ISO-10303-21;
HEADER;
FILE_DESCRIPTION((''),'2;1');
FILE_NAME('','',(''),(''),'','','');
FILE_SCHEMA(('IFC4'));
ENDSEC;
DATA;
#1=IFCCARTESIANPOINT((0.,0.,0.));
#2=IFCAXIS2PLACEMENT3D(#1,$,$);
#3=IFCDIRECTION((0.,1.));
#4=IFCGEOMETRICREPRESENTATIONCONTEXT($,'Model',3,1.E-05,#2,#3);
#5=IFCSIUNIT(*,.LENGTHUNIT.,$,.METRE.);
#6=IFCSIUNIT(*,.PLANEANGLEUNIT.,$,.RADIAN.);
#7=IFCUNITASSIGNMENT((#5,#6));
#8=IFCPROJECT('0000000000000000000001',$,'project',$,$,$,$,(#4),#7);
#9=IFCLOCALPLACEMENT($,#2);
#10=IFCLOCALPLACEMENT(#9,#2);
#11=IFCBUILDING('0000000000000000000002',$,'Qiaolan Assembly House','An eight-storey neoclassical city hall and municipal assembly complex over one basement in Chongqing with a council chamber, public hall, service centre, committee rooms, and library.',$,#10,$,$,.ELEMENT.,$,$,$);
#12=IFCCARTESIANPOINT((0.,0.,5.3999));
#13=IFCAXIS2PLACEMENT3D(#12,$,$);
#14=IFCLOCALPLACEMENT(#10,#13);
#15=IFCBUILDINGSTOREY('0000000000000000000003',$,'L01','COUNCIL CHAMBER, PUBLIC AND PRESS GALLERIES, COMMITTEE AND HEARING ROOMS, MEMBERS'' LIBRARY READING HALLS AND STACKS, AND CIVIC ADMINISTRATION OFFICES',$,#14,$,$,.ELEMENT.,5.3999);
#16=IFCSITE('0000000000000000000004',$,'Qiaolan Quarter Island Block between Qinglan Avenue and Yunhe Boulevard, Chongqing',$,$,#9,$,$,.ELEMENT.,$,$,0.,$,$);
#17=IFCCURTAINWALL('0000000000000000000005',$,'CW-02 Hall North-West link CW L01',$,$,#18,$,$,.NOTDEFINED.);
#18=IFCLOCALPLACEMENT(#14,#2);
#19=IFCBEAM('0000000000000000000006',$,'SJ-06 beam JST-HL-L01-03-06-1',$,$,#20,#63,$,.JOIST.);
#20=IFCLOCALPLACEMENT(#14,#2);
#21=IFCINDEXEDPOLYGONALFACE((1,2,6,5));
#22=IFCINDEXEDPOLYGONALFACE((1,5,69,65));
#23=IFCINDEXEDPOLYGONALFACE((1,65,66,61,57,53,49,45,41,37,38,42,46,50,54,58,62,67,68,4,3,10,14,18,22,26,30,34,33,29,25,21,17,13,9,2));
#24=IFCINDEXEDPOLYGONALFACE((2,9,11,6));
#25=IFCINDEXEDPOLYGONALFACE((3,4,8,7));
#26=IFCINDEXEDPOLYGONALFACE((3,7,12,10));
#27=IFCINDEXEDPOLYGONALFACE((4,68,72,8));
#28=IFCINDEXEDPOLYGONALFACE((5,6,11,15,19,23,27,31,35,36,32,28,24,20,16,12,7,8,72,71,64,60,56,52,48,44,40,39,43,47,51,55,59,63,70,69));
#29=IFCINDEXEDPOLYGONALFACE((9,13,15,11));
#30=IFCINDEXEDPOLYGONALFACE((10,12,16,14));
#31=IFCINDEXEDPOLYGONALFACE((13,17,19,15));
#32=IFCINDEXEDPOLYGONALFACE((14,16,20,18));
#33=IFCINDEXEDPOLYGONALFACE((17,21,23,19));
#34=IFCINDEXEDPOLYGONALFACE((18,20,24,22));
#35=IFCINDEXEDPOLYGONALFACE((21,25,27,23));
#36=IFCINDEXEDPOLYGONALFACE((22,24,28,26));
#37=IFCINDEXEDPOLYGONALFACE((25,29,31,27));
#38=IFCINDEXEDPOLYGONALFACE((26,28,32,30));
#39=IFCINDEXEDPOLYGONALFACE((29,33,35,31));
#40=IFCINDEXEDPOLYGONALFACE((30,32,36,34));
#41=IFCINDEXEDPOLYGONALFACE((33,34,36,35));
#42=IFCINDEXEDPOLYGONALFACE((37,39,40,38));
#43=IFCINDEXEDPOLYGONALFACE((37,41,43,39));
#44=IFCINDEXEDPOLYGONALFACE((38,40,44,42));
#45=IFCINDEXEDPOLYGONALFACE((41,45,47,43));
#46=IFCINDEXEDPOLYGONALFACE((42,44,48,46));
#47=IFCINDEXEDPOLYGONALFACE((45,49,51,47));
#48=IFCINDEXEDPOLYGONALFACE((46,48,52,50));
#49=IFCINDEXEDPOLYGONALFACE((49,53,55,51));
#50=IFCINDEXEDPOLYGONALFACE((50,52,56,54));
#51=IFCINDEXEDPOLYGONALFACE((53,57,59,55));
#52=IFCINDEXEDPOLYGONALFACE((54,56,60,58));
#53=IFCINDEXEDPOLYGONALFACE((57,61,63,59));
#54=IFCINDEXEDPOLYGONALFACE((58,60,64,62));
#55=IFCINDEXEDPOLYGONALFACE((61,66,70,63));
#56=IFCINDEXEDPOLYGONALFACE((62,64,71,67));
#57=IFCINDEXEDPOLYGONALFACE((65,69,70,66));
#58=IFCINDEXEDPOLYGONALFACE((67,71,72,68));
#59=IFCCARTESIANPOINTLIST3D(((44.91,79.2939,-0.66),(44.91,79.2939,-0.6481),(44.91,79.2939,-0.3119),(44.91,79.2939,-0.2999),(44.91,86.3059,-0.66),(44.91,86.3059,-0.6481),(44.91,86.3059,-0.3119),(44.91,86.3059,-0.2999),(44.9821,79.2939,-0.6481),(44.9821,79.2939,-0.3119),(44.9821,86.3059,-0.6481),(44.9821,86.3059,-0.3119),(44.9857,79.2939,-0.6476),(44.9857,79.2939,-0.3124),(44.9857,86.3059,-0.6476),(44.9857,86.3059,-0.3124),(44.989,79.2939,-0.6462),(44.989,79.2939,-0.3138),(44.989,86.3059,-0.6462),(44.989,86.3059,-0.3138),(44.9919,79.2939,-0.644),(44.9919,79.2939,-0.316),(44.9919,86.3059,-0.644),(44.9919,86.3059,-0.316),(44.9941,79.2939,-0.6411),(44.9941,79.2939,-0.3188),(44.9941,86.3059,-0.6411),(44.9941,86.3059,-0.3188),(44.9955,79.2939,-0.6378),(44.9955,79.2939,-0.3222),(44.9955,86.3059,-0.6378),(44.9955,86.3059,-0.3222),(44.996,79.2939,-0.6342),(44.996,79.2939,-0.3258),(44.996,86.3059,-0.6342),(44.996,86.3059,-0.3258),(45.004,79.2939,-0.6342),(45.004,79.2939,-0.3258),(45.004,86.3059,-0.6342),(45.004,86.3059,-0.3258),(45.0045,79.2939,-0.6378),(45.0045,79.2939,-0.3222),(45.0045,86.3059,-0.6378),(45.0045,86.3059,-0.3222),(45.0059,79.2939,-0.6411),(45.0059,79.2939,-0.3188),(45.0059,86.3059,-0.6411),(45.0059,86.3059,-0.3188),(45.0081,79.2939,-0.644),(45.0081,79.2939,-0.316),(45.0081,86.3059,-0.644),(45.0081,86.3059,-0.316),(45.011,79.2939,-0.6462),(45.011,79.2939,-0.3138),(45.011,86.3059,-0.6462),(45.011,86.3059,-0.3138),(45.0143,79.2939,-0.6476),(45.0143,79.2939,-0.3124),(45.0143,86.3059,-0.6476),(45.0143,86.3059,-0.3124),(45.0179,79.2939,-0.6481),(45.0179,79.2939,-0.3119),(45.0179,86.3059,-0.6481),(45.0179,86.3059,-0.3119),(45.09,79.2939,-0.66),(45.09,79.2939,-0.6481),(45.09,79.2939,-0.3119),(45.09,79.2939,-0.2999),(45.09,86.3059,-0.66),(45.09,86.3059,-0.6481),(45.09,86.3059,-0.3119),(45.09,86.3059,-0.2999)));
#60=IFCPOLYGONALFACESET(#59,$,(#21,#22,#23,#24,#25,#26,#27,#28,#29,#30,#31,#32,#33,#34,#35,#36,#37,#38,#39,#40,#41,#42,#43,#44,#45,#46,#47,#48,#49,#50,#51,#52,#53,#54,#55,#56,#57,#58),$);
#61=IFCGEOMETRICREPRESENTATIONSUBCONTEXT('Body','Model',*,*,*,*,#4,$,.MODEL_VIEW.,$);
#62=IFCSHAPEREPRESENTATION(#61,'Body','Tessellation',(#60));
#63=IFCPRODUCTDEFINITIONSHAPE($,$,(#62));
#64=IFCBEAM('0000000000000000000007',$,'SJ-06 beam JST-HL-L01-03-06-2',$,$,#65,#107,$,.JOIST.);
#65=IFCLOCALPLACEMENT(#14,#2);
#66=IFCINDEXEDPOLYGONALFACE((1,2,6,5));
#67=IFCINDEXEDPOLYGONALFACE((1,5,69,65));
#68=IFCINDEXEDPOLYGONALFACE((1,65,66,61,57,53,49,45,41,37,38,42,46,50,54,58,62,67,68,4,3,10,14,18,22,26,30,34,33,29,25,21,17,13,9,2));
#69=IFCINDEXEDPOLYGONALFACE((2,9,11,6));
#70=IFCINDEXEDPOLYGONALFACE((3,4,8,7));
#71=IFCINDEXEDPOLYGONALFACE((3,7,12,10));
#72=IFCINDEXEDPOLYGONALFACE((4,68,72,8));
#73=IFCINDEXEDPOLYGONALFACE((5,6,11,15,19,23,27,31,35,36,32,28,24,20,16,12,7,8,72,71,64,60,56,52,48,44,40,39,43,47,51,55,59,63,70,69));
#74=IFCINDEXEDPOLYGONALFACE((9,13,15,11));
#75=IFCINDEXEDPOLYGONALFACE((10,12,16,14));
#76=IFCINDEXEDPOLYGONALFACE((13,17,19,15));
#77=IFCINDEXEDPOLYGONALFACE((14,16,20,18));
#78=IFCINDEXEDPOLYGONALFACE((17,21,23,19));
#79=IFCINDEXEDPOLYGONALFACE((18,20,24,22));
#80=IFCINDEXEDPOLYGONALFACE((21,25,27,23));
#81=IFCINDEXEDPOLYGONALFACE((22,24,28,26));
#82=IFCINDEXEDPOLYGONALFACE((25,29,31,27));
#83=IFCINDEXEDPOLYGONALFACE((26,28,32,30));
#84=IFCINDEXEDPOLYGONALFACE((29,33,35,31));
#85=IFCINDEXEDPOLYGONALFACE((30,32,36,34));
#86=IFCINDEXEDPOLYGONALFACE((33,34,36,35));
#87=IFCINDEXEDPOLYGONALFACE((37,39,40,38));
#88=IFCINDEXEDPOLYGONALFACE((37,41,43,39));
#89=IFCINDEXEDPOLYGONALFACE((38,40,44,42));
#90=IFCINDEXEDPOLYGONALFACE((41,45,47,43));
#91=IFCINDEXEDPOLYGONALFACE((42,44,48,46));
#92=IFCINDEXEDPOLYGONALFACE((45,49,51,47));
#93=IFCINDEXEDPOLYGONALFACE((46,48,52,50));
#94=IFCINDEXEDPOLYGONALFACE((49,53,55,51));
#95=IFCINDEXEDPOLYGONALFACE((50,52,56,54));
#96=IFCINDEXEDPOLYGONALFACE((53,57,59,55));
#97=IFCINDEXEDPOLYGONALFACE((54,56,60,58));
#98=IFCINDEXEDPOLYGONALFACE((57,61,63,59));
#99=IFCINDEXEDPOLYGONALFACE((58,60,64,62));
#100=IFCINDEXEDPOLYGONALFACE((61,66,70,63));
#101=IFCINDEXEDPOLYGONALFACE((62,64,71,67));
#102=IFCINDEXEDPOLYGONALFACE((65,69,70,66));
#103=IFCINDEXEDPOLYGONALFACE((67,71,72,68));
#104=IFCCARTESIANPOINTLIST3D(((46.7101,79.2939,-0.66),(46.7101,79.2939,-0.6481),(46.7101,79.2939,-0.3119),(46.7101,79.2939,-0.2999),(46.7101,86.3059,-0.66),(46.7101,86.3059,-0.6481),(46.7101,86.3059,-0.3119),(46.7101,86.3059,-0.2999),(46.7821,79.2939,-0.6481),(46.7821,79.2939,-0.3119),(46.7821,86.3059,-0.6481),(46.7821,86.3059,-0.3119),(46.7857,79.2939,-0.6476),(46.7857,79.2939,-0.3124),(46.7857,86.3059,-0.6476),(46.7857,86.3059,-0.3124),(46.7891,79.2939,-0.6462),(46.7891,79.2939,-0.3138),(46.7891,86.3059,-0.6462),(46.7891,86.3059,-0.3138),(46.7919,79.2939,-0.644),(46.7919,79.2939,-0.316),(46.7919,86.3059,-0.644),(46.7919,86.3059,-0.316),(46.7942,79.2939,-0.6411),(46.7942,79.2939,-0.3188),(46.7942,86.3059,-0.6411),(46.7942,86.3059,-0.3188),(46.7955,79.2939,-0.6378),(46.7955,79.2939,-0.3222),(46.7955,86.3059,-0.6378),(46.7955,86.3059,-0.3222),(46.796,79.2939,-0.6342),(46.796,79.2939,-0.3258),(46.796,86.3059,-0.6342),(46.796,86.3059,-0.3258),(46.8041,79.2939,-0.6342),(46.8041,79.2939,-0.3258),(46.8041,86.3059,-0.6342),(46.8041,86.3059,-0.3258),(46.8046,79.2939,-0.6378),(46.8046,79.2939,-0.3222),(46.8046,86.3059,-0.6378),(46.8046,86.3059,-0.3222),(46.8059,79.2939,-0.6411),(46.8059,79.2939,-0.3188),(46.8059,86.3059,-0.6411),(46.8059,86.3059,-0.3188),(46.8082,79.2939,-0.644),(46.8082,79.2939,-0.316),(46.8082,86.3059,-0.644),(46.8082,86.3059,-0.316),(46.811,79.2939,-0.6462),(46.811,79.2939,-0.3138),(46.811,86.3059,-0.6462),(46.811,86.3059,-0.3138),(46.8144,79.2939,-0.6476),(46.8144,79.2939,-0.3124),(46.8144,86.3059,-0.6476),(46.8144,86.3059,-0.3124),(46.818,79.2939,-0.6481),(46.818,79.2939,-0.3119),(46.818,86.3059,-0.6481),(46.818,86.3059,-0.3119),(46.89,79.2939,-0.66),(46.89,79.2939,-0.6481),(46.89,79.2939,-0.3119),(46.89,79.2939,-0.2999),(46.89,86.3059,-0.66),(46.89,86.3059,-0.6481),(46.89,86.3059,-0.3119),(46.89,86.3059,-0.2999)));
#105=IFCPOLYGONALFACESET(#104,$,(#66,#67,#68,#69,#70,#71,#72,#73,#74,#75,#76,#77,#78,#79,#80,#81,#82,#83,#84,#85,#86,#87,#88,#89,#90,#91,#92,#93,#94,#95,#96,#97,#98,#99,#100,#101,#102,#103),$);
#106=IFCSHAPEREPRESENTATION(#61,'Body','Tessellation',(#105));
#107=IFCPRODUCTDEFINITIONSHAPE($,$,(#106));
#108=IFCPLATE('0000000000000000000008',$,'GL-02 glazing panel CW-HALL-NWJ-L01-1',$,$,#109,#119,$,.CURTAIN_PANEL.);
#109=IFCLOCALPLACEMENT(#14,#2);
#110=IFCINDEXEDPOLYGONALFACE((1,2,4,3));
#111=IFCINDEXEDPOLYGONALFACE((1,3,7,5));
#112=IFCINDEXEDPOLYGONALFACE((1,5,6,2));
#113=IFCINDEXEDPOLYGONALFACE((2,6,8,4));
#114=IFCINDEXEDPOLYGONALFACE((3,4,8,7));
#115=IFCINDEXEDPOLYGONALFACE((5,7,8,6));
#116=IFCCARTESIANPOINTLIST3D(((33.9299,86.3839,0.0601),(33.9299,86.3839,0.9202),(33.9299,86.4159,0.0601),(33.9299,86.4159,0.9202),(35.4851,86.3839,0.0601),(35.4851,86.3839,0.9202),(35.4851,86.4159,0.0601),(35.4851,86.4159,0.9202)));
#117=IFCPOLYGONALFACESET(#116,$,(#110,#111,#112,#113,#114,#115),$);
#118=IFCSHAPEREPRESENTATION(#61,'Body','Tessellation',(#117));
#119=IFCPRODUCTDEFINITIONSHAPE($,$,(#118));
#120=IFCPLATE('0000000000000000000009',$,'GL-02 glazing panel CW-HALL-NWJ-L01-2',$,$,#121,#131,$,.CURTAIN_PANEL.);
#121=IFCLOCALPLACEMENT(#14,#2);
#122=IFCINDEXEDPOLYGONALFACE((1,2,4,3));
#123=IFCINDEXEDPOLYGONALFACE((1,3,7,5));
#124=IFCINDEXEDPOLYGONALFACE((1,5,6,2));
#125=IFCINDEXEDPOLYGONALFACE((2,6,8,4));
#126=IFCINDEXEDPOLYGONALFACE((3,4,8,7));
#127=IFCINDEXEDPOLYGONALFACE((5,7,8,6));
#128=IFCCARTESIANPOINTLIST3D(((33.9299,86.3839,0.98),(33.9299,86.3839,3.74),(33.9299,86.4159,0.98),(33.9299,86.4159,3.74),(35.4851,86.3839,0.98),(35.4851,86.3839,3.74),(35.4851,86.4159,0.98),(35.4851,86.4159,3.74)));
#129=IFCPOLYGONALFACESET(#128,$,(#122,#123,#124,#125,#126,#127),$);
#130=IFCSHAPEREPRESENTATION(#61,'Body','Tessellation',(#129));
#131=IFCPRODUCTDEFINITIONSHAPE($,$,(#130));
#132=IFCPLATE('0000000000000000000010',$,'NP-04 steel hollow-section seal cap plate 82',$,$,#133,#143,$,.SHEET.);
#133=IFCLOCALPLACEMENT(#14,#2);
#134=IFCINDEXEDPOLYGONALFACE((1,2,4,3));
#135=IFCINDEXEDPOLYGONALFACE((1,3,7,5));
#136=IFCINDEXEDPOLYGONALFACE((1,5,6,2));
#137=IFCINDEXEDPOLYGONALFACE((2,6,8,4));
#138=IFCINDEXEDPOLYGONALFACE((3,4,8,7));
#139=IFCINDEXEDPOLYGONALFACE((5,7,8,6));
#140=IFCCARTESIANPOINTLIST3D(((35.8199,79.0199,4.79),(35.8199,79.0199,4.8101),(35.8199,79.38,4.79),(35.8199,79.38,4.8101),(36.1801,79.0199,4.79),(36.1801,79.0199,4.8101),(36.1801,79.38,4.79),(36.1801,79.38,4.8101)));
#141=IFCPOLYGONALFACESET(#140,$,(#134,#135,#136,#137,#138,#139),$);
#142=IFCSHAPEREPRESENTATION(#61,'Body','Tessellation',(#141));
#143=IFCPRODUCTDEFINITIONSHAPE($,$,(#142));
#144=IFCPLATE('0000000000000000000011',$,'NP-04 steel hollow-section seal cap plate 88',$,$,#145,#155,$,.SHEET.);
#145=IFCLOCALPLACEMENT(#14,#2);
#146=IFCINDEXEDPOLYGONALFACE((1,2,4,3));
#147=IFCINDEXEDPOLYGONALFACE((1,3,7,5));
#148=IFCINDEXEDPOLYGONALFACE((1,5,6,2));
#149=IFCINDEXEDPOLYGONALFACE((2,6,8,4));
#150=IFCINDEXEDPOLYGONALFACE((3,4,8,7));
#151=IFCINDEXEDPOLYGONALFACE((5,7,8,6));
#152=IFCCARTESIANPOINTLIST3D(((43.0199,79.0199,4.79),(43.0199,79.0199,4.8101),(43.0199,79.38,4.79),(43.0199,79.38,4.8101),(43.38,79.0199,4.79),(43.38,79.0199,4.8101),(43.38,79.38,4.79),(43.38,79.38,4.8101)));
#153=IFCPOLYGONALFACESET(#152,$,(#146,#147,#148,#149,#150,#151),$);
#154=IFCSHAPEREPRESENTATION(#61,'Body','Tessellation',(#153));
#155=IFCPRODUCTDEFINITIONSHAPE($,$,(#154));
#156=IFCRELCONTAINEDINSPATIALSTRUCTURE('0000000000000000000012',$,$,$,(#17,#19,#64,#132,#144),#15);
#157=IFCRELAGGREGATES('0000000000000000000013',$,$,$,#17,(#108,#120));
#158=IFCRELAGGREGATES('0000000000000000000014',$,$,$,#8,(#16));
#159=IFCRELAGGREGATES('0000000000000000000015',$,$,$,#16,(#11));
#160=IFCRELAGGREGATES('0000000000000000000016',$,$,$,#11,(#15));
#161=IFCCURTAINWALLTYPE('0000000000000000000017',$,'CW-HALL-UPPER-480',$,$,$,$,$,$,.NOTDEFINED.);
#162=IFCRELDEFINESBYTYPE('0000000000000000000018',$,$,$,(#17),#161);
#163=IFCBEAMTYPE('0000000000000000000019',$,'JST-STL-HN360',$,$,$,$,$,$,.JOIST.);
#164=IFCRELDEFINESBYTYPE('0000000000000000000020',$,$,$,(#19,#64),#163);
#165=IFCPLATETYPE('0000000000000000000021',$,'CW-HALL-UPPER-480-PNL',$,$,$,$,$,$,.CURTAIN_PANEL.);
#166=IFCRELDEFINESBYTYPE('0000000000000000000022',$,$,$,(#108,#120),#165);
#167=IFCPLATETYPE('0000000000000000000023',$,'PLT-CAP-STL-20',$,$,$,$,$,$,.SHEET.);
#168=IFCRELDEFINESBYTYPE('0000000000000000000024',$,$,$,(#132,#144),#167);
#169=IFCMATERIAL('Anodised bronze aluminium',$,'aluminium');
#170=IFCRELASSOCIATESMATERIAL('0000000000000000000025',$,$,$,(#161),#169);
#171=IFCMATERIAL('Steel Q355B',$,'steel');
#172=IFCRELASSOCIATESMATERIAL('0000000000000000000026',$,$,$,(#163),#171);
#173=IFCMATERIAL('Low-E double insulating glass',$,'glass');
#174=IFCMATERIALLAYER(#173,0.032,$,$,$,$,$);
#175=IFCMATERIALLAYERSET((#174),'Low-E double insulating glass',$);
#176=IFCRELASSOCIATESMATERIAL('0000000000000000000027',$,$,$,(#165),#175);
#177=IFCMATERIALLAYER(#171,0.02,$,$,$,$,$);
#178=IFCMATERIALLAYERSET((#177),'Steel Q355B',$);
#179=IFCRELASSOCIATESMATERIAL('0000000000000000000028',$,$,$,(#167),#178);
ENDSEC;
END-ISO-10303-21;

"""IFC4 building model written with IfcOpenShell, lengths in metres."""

from ifc_helpers import new_model, si_unit, direction, frame, frame_2d, origin, origin_2d, place, context, subcontext, project, spatial, rectangle, i_section, extrude, material, layer, layer_set, material_profile, profile_set, type_object, element, aggregate, save


model = new_model("IFC4")

# Units and contexts
model_context = context("Model", 3, precision=1e-05, world=origin(), true_north=direction((0.0, 1.0)))
body_context = subcontext(model_context, "Body", "Model", "MODEL_VIEW")
ifc_project = project(units=[si_unit("LENGTHUNIT", "METRE"), si_unit("PLANEANGLEUNIT", "RADIAN")], contexts=[model_context])

# Site, building, storey
site_placement = place(None, origin())
site = spatial("IfcSite", under=ifc_project, at=site_placement, Name="Qiaolan Quarter Island Block between Qinglan Avenue and Yunhe Boulevard, Chongqing", CompositionType="ELEMENT", RefElevation=0.0)
building_placement = place(site_placement, origin())
building = spatial("IfcBuilding", under=site, at=building_placement, Name="Qiaolan Assembly House", Description="An eight-storey neoclassical city hall and municipal assembly complex over one basement in Chongqing with a council chamber, public hall, service centre, committee rooms, and library.", CompositionType="ELEMENT")
storey_placement = place(building_placement, frame((0.0, 0.0, 5.3999)))
storey = spatial("IfcBuildingStorey", under=building, at=storey_placement, Name="L01", Description="COUNCIL CHAMBER, PUBLIC AND PRESS GALLERIES, COMMITTEE AND HEARING ROOMS, MEMBERS' LIBRARY READING HALLS AND STACKS, AND CIVIC ADMINISTRATION OFFICES", CompositionType="ELEMENT", Elevation=5.3999)

# Shared definitions
ifc_material_1 = material(Name="Steel Q355B", Category="steel")

# Curtain wall
ifc_material_2 = material(Name="Anodised bronze aluminium", Category="aluminium")
curtain_wall_type = type_object("IfcCurtainWallType", Name="CW-HALL-UPPER-480", PredefinedType="NOTDEFINED", material=ifc_material_2)
curtain_wall_placement = place(storey_placement, origin())
curtain_wall = element("IfcCurtainWall", 1, at=curtain_wall_placement, inside=storey, type_object=curtain_wall_type, Name="CW-02 Hall North-West link CW L01", PredefinedType="NOTDEFINED")

# Beams
ifc_material_profile_1 = material_profile(ifc_material_1, i_section(OverallWidth=0.1799, OverallDepth=0.3601, WebThickness=0.0081, FlangeThickness=0.012, FilletRadius=0.0139, at=origin_2d()), Name="HN 360x180x8x12")
ifc_profile_set_1 = profile_set([ifc_material_profile_1], Name="Steel Q355B")
beam_type_1 = type_object("IfcBeamType", Name="JST-STL-HN360", PredefinedType="JOIST", material=ifc_profile_set_1)
for number, where, z_axis, x_axis, name in (
    (2, (45.0, 79.2939, -0.48), (0.0, 1.0, 0.0), (-1.0, 0.0, 0.0), "SJ-06 beam JST-HL-L01-03-06-1"),
    (3, (46.8, 79.2939, -0.48), (0.0, 1.0, 0.0), (-1.0, 0.0, 0.0), "SJ-06 beam JST-HL-L01-03-06-2"),
):
    element("IfcBeam", number, at=place(storey_placement, frame(where, z_axis=z_axis, x_axis=x_axis)), inside=storey, type_object=beam_type_1, Name=name, PredefinedType="JOIST", context=body_context, shape_type="SweptSolid", body=[
        extrude(i_section(OverallWidth=0.1799, OverallDepth=0.3601, WebThickness=0.0081, FlangeThickness=0.012, FilletRadius=0.0139, at=origin_2d()), origin(), (0.0, 0.0, 1.0), 7.012),
    ])

# Plates
ifc_material_3 = material(Name="Low-E double insulating glass", Category="glass")
ifc_layer_1 = layer(ifc_material_3, 0.032)
ifc_layer_set_1 = layer_set([ifc_layer_1], Name="Low-E double insulating glass")
plate_type_1 = type_object("IfcPlateType", Name="CW-HALL-UPPER-480-PNL", PredefinedType="CURTAIN_PANEL", material=ifc_layer_set_1)
plate_1_placement = place(storey_placement, frame((35.4851, 86.3999, 0.0601), z_axis=(0.0, 0.0, 1.0), x_axis=(-1.0, 0.0, 0.0)))
plate_1 = element("IfcPlate", 4, at=plate_1_placement, type_object=plate_type_1, Name="GL-02 glazing panel CW-HALL-NWJ-L01-1", PredefinedType="CURTAIN_PANEL", context=body_context, shape_type="SweptSolid", body=[
    extrude(rectangle(XDim=1.5552, YDim=0.032, at=frame_2d((0.7776, 0.0))), origin(), (0.0, 0.0, 1.0), 0.8601),
])
plate_2_placement = place(storey_placement, frame((35.4851, 86.3999, 0.98), z_axis=(0.0, 0.0, 1.0), x_axis=(-1.0, 0.0, 0.0)))
plate_2 = element("IfcPlate", 5, at=plate_2_placement, type_object=plate_type_1, Name="GL-02 glazing panel CW-HALL-NWJ-L01-2", PredefinedType="CURTAIN_PANEL", context=body_context, shape_type="SweptSolid", body=[
    extrude(rectangle(XDim=1.5552, YDim=0.032, at=frame_2d((0.7776, 0.0))), origin(), (0.0, 0.0, 1.0), 2.76),
])
aggregate(curtain_wall, [plate_1, plate_2])

# Plates
ifc_layer_2 = layer(ifc_material_1, 0.02)
ifc_layer_set_2 = layer_set([ifc_layer_2], Name="Steel Q355B")
plate_type_2 = type_object("IfcPlateType", Name="PLT-CAP-STL-20", PredefinedType="SHEET", material=ifc_layer_set_2)
for number, where, z_axis, x_axis, name in (
    (6, (36.0, 79.2, 4.79), (0.0, 0.0, 1.0), (1.0, 0.0, 0.0), "NP-04 steel hollow-section seal cap plate 82"),
    (7, (43.2, 79.2, 4.79), (0.0, 0.0, 1.0), (1.0, 0.0, 0.0), "NP-04 steel hollow-section seal cap plate 88"),
):
    element("IfcPlate", number, at=place(storey_placement, frame(where, z_axis=z_axis, x_axis=x_axis)), inside=storey, type_object=plate_type_2, Name=name, PredefinedType="SHEET", context=body_context, shape_type="SweptSolid", body=[
        extrude(rectangle(XDim=0.3601, YDim=0.3601, at=origin_2d()), origin(), (0.0, 0.0, 1.0), 0.02),
    ])

save(model, "model.ifc")
